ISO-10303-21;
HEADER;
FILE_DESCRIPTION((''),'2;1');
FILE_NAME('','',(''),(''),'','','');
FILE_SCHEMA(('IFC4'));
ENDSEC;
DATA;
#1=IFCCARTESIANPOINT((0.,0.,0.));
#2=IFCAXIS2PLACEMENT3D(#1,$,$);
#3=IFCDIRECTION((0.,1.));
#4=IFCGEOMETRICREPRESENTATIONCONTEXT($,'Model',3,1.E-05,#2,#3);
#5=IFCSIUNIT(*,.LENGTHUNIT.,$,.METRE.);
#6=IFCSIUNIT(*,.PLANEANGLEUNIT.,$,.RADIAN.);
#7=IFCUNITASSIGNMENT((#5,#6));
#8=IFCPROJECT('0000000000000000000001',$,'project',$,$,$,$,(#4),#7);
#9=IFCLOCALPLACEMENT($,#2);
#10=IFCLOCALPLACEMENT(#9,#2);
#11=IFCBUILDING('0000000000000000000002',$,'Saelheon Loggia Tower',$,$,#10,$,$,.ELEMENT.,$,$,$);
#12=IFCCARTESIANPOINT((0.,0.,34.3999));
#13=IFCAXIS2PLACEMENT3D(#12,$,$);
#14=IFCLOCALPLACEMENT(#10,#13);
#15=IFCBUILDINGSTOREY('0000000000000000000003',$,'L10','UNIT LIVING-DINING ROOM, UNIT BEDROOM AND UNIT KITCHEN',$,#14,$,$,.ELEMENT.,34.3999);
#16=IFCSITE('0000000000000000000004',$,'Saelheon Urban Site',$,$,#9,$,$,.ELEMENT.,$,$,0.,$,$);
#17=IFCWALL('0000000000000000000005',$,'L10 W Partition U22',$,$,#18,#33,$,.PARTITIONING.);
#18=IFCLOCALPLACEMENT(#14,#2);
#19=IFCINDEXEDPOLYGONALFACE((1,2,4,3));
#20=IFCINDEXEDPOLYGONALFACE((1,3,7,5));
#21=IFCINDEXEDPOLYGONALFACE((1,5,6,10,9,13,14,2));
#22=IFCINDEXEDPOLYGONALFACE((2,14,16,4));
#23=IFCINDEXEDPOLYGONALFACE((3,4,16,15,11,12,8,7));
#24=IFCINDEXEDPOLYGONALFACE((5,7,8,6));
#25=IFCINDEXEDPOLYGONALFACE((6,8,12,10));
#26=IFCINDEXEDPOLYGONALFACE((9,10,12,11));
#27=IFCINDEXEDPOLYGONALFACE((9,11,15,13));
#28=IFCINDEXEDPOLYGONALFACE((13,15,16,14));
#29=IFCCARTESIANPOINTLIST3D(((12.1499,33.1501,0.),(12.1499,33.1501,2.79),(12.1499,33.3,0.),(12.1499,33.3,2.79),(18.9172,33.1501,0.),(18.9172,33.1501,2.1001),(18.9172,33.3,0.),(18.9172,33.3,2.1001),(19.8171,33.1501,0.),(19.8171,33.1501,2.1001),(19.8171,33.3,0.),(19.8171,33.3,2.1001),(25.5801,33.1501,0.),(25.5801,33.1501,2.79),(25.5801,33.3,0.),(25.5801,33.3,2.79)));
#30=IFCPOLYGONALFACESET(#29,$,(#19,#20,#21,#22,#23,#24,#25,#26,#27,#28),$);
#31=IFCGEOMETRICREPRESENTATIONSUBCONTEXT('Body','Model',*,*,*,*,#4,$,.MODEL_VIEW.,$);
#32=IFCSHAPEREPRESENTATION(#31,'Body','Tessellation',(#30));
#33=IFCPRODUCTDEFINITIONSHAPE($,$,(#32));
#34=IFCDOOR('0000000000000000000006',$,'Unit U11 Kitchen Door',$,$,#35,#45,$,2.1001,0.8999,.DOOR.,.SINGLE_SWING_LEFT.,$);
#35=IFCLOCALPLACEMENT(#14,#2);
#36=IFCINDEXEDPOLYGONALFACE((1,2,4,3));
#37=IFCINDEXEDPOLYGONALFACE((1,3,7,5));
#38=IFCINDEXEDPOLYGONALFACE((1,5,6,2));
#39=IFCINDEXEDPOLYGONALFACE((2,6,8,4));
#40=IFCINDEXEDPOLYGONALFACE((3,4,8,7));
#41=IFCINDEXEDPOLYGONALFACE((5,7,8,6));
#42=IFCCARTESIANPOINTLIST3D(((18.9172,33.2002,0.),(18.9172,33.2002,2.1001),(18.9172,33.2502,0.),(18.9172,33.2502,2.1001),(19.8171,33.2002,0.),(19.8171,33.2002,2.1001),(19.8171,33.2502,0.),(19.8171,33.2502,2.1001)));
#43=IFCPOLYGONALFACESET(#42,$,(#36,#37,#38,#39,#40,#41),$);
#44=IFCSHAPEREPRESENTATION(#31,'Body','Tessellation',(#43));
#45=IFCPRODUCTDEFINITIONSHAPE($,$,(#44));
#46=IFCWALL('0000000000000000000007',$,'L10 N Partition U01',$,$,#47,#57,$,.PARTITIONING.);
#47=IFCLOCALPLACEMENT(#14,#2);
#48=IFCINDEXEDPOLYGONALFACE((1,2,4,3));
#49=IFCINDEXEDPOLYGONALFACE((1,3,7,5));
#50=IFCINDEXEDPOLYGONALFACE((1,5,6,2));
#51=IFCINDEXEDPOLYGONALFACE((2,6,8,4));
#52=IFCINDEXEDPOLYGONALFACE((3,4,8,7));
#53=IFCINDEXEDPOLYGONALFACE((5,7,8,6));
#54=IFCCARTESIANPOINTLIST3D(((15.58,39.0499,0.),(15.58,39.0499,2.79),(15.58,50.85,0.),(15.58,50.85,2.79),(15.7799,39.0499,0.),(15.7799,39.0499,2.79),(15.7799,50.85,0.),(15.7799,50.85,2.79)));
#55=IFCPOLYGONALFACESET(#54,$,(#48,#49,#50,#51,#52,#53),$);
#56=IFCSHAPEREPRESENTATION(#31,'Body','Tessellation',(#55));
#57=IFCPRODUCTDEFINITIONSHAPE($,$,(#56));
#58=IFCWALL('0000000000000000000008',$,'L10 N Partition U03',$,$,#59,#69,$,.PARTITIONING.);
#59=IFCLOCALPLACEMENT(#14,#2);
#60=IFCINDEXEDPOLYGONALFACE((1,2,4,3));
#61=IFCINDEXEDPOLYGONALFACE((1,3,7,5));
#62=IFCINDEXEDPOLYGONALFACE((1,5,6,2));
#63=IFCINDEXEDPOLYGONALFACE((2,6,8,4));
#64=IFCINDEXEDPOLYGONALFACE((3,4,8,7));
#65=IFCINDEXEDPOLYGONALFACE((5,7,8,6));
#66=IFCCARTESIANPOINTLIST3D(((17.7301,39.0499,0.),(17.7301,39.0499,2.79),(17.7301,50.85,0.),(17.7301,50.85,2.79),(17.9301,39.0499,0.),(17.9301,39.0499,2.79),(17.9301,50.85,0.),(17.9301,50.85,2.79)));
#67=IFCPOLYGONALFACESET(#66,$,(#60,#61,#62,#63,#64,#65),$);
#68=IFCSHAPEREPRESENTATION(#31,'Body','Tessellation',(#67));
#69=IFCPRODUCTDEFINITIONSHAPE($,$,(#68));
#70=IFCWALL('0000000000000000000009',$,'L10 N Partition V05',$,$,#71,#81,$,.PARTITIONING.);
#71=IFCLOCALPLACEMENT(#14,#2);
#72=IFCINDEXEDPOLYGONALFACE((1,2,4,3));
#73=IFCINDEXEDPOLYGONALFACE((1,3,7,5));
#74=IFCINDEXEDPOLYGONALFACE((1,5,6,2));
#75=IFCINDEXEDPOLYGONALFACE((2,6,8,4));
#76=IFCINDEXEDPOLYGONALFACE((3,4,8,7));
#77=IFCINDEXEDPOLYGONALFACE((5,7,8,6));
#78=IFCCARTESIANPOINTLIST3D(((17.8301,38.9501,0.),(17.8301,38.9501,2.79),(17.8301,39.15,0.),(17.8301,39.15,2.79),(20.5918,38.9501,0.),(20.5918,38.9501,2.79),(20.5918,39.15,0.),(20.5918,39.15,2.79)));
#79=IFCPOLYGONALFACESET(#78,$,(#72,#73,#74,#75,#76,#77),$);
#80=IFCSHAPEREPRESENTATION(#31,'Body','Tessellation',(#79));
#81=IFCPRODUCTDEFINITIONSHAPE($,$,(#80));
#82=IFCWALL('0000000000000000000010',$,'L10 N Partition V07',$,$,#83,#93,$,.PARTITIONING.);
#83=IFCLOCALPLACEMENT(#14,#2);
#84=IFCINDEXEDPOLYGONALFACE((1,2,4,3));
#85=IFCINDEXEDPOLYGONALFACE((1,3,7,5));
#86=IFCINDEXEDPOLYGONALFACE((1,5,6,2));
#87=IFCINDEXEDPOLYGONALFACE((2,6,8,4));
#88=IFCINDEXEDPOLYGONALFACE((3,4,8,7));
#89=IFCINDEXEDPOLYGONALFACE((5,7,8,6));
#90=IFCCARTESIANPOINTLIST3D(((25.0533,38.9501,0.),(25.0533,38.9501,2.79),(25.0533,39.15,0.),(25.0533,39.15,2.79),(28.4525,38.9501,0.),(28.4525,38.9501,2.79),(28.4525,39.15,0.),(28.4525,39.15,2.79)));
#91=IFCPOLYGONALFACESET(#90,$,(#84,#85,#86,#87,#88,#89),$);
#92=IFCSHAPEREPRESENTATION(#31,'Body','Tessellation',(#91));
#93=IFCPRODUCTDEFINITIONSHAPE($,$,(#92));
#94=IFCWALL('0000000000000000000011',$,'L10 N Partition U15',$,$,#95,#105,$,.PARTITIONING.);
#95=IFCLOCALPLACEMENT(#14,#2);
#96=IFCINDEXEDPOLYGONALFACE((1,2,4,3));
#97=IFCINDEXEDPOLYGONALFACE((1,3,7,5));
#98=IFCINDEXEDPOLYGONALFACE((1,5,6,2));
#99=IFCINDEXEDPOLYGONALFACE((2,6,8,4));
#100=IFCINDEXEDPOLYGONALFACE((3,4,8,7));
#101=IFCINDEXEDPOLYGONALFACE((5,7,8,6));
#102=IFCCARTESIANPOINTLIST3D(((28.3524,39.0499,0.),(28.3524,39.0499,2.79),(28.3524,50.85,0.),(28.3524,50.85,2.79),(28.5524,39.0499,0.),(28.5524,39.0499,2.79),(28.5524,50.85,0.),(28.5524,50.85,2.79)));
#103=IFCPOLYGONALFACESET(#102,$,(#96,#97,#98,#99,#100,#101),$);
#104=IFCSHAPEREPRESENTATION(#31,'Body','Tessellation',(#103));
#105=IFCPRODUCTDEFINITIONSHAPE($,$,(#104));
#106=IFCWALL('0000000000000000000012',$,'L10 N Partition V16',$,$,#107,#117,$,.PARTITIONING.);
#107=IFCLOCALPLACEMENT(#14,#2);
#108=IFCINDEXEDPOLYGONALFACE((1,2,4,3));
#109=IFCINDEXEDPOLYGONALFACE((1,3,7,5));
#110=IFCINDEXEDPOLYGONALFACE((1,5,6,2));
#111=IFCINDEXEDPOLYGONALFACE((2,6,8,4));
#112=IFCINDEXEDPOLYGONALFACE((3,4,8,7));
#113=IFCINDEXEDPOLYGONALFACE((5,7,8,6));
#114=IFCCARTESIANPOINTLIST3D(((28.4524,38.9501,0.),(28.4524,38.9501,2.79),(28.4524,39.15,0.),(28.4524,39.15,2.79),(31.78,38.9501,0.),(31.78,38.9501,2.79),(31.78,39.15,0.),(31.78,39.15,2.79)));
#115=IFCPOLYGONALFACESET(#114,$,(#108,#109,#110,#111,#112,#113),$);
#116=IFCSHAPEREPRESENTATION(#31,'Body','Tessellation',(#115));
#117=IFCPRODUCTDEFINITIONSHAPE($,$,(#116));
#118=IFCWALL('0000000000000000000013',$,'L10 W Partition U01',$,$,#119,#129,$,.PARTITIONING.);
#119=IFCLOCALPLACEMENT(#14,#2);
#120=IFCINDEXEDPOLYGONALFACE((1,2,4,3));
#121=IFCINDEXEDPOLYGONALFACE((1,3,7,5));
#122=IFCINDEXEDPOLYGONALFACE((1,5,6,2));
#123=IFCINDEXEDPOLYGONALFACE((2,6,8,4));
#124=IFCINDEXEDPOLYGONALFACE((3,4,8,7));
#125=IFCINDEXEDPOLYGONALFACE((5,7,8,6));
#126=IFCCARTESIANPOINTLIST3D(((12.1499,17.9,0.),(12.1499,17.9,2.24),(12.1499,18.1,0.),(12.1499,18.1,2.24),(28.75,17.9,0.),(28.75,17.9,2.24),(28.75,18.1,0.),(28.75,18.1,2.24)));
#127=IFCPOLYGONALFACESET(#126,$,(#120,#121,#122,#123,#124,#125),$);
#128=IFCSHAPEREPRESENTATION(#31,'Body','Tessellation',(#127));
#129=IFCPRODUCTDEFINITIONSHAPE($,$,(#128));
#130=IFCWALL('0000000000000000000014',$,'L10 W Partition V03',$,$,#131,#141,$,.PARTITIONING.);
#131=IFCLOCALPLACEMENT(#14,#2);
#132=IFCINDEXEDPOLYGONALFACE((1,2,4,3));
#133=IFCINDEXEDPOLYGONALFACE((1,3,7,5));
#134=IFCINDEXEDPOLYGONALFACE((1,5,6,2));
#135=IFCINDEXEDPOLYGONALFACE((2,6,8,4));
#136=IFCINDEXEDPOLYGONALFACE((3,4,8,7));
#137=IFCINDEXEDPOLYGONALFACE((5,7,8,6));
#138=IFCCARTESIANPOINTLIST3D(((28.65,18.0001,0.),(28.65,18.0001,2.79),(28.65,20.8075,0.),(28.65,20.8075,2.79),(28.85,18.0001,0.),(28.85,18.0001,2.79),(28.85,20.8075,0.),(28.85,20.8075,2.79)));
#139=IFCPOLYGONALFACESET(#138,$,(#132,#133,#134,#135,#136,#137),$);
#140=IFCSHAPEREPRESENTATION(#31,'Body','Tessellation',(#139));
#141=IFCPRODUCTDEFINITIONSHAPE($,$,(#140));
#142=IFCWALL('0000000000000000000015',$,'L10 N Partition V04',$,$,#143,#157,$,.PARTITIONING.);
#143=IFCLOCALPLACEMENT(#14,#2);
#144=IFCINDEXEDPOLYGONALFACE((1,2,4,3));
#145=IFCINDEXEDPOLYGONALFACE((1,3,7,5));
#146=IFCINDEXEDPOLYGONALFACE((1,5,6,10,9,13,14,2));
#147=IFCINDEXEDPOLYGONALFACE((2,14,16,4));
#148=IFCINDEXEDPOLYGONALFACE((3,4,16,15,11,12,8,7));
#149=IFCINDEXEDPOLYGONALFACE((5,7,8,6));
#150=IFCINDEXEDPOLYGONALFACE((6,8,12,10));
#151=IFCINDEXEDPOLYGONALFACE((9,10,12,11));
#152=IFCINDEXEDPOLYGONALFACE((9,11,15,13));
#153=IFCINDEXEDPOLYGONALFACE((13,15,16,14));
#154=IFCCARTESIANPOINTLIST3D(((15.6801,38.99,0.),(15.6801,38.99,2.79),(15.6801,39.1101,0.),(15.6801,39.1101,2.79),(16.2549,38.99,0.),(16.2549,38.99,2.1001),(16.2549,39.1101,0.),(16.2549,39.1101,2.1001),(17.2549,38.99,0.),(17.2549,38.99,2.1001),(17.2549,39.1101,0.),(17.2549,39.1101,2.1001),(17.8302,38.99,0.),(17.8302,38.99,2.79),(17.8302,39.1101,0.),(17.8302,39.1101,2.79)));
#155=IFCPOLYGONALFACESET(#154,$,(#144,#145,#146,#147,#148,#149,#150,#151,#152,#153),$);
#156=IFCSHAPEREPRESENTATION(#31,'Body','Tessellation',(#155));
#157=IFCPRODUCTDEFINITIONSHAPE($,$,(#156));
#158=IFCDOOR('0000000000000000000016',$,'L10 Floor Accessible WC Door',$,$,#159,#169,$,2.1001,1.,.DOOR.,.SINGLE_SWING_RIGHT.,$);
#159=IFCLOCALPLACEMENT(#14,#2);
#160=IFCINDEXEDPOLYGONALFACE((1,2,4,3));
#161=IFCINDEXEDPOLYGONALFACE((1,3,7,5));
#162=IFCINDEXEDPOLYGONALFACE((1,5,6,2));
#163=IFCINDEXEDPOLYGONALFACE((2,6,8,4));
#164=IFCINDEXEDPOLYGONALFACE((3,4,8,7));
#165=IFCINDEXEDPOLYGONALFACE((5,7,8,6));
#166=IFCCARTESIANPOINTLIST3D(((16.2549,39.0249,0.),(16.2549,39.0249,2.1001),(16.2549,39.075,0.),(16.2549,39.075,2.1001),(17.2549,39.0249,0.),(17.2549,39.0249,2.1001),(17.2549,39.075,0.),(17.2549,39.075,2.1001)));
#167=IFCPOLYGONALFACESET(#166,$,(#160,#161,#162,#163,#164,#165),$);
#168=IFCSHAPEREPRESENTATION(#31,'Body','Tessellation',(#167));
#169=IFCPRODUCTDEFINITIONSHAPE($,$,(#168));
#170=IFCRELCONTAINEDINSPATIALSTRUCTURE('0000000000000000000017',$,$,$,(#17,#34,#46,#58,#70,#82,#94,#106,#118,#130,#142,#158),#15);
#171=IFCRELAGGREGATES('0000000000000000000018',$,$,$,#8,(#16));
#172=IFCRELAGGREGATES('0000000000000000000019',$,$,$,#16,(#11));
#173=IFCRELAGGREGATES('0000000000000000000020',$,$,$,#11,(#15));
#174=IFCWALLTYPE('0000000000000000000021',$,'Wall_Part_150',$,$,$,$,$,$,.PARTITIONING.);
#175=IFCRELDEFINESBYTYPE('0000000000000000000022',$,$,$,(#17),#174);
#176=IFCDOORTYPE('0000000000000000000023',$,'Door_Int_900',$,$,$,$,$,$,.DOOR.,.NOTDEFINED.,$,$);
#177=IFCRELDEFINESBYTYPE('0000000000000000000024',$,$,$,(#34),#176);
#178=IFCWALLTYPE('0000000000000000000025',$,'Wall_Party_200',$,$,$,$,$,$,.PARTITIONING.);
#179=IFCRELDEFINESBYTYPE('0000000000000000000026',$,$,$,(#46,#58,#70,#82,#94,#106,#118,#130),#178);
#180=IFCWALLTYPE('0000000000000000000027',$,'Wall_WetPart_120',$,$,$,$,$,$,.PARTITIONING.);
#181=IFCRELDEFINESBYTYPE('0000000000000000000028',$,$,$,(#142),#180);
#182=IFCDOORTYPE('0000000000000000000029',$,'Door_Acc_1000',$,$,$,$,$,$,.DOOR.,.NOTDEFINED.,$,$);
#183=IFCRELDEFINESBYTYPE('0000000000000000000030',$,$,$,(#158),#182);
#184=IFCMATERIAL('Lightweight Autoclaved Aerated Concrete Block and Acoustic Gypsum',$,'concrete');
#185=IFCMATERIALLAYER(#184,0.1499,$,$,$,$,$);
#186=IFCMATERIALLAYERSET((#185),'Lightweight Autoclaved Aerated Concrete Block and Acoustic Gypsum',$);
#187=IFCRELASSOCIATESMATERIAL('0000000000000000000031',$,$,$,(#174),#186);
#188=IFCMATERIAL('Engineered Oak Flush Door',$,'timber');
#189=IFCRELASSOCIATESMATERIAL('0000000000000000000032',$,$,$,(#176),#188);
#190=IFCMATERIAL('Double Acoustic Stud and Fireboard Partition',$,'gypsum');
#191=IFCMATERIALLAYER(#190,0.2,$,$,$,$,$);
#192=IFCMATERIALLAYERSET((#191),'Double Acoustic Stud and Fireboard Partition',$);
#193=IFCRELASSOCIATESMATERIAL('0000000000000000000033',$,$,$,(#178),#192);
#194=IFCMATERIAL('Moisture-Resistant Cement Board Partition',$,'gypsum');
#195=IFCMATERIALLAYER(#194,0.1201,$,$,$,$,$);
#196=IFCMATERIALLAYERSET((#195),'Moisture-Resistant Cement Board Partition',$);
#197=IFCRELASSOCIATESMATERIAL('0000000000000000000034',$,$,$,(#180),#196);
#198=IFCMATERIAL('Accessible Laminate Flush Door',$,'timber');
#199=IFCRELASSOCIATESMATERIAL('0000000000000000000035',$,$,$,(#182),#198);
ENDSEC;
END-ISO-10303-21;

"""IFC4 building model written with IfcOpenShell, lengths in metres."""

from ifc_helpers import new_model, si_unit, direction, frame, frame_2d, origin, place, context, subcontext, project, spatial, rectangle, extrude, source, transform, mapped, material, layer, layer_set, type_object, element, fill, save


model = new_model("IFC4")

# Units and contexts
model_context = context("Model", 3, precision=1e-05, world=origin(), true_north=direction((0.0, 1.0)))
body_context = subcontext(model_context, "Body", "Model", "MODEL_VIEW")
ifc_project = project(units=[si_unit("LENGTHUNIT", "METRE"), si_unit("PLANEANGLEUNIT", "RADIAN")], contexts=[model_context])

# Site, building, storey
site_placement = place(None, origin())
site = spatial("IfcSite", under=ifc_project, at=site_placement, Name="Saelheon Urban Site", CompositionType="ELEMENT", RefElevation=0.0)
building_placement = place(site_placement, origin())
building = spatial("IfcBuilding", under=site, at=building_placement, Name="Saelheon Loggia Tower", CompositionType="ELEMENT")
storey_placement = place(building_placement, frame((0.0, 0.0, 34.3999)))
storey = spatial("IfcBuildingStorey", under=building, at=storey_placement, Name="L10", Description="UNIT LIVING-DINING ROOM, UNIT BEDROOM AND UNIT KITCHEN", CompositionType="ELEMENT", Elevation=34.3999)

# Wall, opening, door
ifc_material_1 = material(Name="Lightweight Autoclaved Aerated Concrete Block and Acoustic Gypsum", Category="concrete")
ifc_layer_1 = layer(ifc_material_1, 0.1499)
ifc_layer_set_1 = layer_set([ifc_layer_1], Name="Lightweight Autoclaved Aerated Concrete Block and Acoustic Gypsum")
wall_type_1 = type_object("IfcWallType", Name="Wall_Part_150", PredefinedType="PARTITIONING", material=ifc_layer_set_1)
ifc_material_2 = material(Name="Engineered Oak Flush Door", Category="timber")
door_type_1 = type_object("IfcDoorType", Name="Door_Int_900", OperationType="NOTDEFINED", PredefinedType="DOOR", material=ifc_material_2)
shared_shape_1 = source(origin(), body_context, "Body", "SweptSolid", [
    extrude(rectangle(XDim=0.8999, YDim=2.1001, at=frame_2d((0.45, 1.05))), frame((0.0, 0.0249, 0.0), z_axis=(0.0, -1.0, 0.0), x_axis=(1.0, 0.0, 0.0)), (0.0, 0.0, 1.0), 0.05),
])
wall_1_placement = place(storey_placement, frame((25.5801, 33.2251, 0.0), z_axis=(0.0, 0.0, 1.0), x_axis=(-1.0, 0.0, 0.0)))
wall_1 = element("IfcWall", 1, at=wall_1_placement, inside=storey, type_object=wall_type_1, Name="L10 W Partition U22", PredefinedType="PARTITIONING", context=body_context, shape_type="SweptSolid", body=[
    extrude(rectangle(XDim=13.4302, YDim=0.1499, at=frame_2d((6.7151, 0.0))), origin(), (0.0, 0.0, 1.0), 2.79),
])
opening_1_placement = place(wall_1_placement, frame((5.7629, 0.0, 0.0)))
opening_1 = element("IfcOpeningElement", 2, at=opening_1_placement, cuts=wall_1, PredefinedType="OPENING", context=body_context, shape_type="SweptSolid", body=[
    extrude(rectangle(XDim=0.8999, YDim=2.1001, at=frame_2d((0.45, 1.05))), frame((0.0, 0.0869, 0.0), z_axis=(0.0, -1.0, 0.0), x_axis=(1.0, 0.0, 0.0)), (0.0, 0.0, 1.0), 0.1738),
])
door_1_placement = place(opening_1_placement, origin())
door_1 = element("IfcDoor", 3, at=door_1_placement, inside=storey, type_object=door_type_1, Name="Unit U11 Kitchen Door", OperationType="SINGLE_SWING_LEFT", OverallHeight=2.1001, OverallWidth=0.8999, PredefinedType="DOOR", context=body_context, shape_type="MappedRepresentation", body=[
    mapped(shared_shape_1, transform((0.0, 0.0, 0.0), scale=1.0)),
])
fill(opening_1, door_1)

# Walls
ifc_material_3 = material(Name="Double Acoustic Stud and Fireboard Partition", Category="gypsum")
ifc_layer_2 = layer(ifc_material_3, 0.2)
ifc_layer_set_2 = layer_set([ifc_layer_2], Name="Double Acoustic Stud and Fireboard Partition")
wall_type_2 = type_object("IfcWallType", Name="Wall_Party_200", PredefinedType="PARTITIONING", material=ifc_layer_set_2)
for number, where, z_axis, x_axis, name in (
    (4, (15.6799, 39.05, 0.0), (0.0, 0.0, 1.0), (0.0, 1.0, 0.0), "L10 N Partition U01"),
    (5, (17.8301, 39.05, 0.0), (0.0, 0.0, 1.0), (0.0, 1.0, 0.0), "L10 N Partition U03"),
):
    element("IfcWall", number, at=place(storey_placement, frame(where, z_axis=z_axis, x_axis=x_axis)), inside=storey, type_object=wall_type_2, Name=name, PredefinedType="PARTITIONING", context=body_context, shape_type="SweptSolid", body=[
        extrude(rectangle(XDim=11.8, YDim=0.2, at=frame_2d((5.8999, 0.0))), origin(), (0.0, 0.0, 1.0), 2.79),
    ])
wall_2_placement = place(storey_placement, frame((17.8301, 39.05, 0.0), z_axis=(0.0, 0.0, 1.0), x_axis=(1.0, 0.0, 0.0)))
element("IfcWall", 6, at=wall_2_placement, inside=storey, type_object=wall_type_2, Name="L10 N Partition V05", PredefinedType="PARTITIONING", context=body_context, shape_type="SweptSolid", body=[
    extrude(rectangle(XDim=2.7617, YDim=0.2, at=frame_2d((1.3809, 0.0))), origin(), (0.0, 0.0, 1.0), 2.79),
])

# Walls
wall_3_placement = place(storey_placement, frame((25.0532, 39.05, 0.0), z_axis=(0.0, 0.0, 1.0), x_axis=(1.0, 0.0, 0.0)))
element("IfcWall", 7, at=wall_3_placement, inside=storey, type_object=wall_type_2, Name="L10 N Partition V07", PredefinedType="PARTITIONING", context=body_context, shape_type="SweptSolid", body=[
    extrude(rectangle(XDim=3.3992, YDim=0.2, at=frame_2d((1.6997, 0.0))), origin(), (0.0, 0.0, 1.0), 2.79),
])
wall_4_placement = place(storey_placement, frame((28.4524, 39.05, 0.0), z_axis=(0.0, 0.0, 1.0), x_axis=(0.0, 1.0, 0.0)))
element("IfcWall", 8, at=wall_4_placement, inside=storey, type_object=wall_type_2, Name="L10 N Partition U15", PredefinedType="PARTITIONING", context=body_context, shape_type="SweptSolid", body=[
    extrude(rectangle(XDim=11.8, YDim=0.2, at=frame_2d((5.8999, 0.0))), origin(), (0.0, 0.0, 1.0), 2.79),
])
wall_5_placement = place(storey_placement, frame((28.4524, 39.05, 0.0), z_axis=(0.0, 0.0, 1.0), x_axis=(1.0, 0.0, 0.0)))
element("IfcWall", 9, at=wall_5_placement, inside=storey, type_object=wall_type_2, Name="L10 N Partition V16", PredefinedType="PARTITIONING", context=body_context, shape_type="SweptSolid", body=[
    extrude(rectangle(XDim=3.3276, YDim=0.2, at=frame_2d((1.6638, 0.0))), origin(), (0.0, 0.0, 1.0), 2.79),
])
wall_6_placement = place(storey_placement, frame((28.75, 18.0, 0.0), z_axis=(0.0, 0.0, 1.0), x_axis=(-1.0, 0.0, 0.0)))
element("IfcWall", 10, at=wall_6_placement, inside=storey, type_object=wall_type_2, Name="L10 W Partition U01", PredefinedType="PARTITIONING", context=body_context, shape_type="SweptSolid", body=[
    extrude(rectangle(XDim=16.6001, YDim=0.2, at=frame_2d((8.3, 0.0))), origin(), (0.0, 0.0, 1.0), 2.24),
])
wall_7_placement = place(storey_placement, frame((28.75, 18.0, 0.0), z_axis=(0.0, 0.0, 1.0), x_axis=(0.0, 1.0, 0.0)))
element("IfcWall", 11, at=wall_7_placement, inside=storey, type_object=wall_type_2, Name="L10 W Partition V03", PredefinedType="PARTITIONING", context=body_context, shape_type="SweptSolid", body=[
    extrude(rectangle(XDim=2.8074, YDim=0.2, at=frame_2d((1.4038, 0.0))), origin(), (0.0, 0.0, 1.0), 2.79),
])

# Wall, opening, door
ifc_material_4 = material(Name="Moisture-Resistant Cement Board Partition", Category="gypsum")
ifc_layer_3 = layer(ifc_material_4, 0.1201)
ifc_layer_set_3 = layer_set([ifc_layer_3], Name="Moisture-Resistant Cement Board Partition")
wall_type_3 = type_object("IfcWallType", Name="Wall_WetPart_120", PredefinedType="PARTITIONING", material=ifc_layer_set_3)
wall_8_placement = place(storey_placement, frame((15.6799, 39.05, 0.0), z_axis=(0.0, 0.0, 1.0), x_axis=(1.0, 0.0, 0.0)))
wall_8 = element("IfcWall", 12, at=wall_8_placement, inside=storey, type_object=wall_type_3, Name="L10 N Partition V04", PredefinedType="PARTITIONING", context=body_context, shape_type="SweptSolid", body=[
    extrude(rectangle(XDim=2.1501, YDim=0.1201, at=frame_2d((1.0752, 0.0))), origin(), (0.0, 0.0, 1.0), 2.79),
])
opening_2_placement = place(wall_8_placement, frame((0.575, 0.0, 0.0)))
opening_2 = element("IfcOpeningElement", 13, at=opening_2_placement, cuts=wall_8, PredefinedType="OPENING", context=body_context, shape_type="SweptSolid", body=[
    extrude(rectangle(XDim=1.0, YDim=2.1001, at=frame_2d((0.5, 1.05))), frame((0.0, 0.072, 0.0), z_axis=(0.0, -1.0, 0.0), x_axis=(1.0, 0.0, 0.0)), (0.0, 0.0, 1.0), 0.144),
])
ifc_material_5 = material(Name="Accessible Laminate Flush Door", Category="timber")
door_type_2 = type_object("IfcDoorType", Name="Door_Acc_1000", OperationType="NOTDEFINED", PredefinedType="DOOR", material=ifc_material_5)
shared_shape_2 = source(origin(), body_context, "Body", "SweptSolid", [
    extrude(rectangle(XDim=1.0, YDim=2.1001, at=frame_2d((0.5, 1.05))), frame((0.0, 0.0249, 0.0), z_axis=(0.0, -1.0, 0.0), x_axis=(1.0, 0.0, 0.0)), (0.0, 0.0, 1.0), 0.05),
])
door_2_placement = place(opening_2_placement, origin())
door_2 = element("IfcDoor", 14, at=door_2_placement, inside=storey, type_object=door_type_2, Name="L10 Floor Accessible WC Door", OperationType="SINGLE_SWING_RIGHT", OverallHeight=2.1001, OverallWidth=1.0, PredefinedType="DOOR", context=body_context, shape_type="MappedRepresentation", body=[
    mapped(shared_shape_2, transform((0.0, 0.0, 0.0), scale=1.0)),
])
fill(opening_2, door_2)

save(model, "model.ifc")
